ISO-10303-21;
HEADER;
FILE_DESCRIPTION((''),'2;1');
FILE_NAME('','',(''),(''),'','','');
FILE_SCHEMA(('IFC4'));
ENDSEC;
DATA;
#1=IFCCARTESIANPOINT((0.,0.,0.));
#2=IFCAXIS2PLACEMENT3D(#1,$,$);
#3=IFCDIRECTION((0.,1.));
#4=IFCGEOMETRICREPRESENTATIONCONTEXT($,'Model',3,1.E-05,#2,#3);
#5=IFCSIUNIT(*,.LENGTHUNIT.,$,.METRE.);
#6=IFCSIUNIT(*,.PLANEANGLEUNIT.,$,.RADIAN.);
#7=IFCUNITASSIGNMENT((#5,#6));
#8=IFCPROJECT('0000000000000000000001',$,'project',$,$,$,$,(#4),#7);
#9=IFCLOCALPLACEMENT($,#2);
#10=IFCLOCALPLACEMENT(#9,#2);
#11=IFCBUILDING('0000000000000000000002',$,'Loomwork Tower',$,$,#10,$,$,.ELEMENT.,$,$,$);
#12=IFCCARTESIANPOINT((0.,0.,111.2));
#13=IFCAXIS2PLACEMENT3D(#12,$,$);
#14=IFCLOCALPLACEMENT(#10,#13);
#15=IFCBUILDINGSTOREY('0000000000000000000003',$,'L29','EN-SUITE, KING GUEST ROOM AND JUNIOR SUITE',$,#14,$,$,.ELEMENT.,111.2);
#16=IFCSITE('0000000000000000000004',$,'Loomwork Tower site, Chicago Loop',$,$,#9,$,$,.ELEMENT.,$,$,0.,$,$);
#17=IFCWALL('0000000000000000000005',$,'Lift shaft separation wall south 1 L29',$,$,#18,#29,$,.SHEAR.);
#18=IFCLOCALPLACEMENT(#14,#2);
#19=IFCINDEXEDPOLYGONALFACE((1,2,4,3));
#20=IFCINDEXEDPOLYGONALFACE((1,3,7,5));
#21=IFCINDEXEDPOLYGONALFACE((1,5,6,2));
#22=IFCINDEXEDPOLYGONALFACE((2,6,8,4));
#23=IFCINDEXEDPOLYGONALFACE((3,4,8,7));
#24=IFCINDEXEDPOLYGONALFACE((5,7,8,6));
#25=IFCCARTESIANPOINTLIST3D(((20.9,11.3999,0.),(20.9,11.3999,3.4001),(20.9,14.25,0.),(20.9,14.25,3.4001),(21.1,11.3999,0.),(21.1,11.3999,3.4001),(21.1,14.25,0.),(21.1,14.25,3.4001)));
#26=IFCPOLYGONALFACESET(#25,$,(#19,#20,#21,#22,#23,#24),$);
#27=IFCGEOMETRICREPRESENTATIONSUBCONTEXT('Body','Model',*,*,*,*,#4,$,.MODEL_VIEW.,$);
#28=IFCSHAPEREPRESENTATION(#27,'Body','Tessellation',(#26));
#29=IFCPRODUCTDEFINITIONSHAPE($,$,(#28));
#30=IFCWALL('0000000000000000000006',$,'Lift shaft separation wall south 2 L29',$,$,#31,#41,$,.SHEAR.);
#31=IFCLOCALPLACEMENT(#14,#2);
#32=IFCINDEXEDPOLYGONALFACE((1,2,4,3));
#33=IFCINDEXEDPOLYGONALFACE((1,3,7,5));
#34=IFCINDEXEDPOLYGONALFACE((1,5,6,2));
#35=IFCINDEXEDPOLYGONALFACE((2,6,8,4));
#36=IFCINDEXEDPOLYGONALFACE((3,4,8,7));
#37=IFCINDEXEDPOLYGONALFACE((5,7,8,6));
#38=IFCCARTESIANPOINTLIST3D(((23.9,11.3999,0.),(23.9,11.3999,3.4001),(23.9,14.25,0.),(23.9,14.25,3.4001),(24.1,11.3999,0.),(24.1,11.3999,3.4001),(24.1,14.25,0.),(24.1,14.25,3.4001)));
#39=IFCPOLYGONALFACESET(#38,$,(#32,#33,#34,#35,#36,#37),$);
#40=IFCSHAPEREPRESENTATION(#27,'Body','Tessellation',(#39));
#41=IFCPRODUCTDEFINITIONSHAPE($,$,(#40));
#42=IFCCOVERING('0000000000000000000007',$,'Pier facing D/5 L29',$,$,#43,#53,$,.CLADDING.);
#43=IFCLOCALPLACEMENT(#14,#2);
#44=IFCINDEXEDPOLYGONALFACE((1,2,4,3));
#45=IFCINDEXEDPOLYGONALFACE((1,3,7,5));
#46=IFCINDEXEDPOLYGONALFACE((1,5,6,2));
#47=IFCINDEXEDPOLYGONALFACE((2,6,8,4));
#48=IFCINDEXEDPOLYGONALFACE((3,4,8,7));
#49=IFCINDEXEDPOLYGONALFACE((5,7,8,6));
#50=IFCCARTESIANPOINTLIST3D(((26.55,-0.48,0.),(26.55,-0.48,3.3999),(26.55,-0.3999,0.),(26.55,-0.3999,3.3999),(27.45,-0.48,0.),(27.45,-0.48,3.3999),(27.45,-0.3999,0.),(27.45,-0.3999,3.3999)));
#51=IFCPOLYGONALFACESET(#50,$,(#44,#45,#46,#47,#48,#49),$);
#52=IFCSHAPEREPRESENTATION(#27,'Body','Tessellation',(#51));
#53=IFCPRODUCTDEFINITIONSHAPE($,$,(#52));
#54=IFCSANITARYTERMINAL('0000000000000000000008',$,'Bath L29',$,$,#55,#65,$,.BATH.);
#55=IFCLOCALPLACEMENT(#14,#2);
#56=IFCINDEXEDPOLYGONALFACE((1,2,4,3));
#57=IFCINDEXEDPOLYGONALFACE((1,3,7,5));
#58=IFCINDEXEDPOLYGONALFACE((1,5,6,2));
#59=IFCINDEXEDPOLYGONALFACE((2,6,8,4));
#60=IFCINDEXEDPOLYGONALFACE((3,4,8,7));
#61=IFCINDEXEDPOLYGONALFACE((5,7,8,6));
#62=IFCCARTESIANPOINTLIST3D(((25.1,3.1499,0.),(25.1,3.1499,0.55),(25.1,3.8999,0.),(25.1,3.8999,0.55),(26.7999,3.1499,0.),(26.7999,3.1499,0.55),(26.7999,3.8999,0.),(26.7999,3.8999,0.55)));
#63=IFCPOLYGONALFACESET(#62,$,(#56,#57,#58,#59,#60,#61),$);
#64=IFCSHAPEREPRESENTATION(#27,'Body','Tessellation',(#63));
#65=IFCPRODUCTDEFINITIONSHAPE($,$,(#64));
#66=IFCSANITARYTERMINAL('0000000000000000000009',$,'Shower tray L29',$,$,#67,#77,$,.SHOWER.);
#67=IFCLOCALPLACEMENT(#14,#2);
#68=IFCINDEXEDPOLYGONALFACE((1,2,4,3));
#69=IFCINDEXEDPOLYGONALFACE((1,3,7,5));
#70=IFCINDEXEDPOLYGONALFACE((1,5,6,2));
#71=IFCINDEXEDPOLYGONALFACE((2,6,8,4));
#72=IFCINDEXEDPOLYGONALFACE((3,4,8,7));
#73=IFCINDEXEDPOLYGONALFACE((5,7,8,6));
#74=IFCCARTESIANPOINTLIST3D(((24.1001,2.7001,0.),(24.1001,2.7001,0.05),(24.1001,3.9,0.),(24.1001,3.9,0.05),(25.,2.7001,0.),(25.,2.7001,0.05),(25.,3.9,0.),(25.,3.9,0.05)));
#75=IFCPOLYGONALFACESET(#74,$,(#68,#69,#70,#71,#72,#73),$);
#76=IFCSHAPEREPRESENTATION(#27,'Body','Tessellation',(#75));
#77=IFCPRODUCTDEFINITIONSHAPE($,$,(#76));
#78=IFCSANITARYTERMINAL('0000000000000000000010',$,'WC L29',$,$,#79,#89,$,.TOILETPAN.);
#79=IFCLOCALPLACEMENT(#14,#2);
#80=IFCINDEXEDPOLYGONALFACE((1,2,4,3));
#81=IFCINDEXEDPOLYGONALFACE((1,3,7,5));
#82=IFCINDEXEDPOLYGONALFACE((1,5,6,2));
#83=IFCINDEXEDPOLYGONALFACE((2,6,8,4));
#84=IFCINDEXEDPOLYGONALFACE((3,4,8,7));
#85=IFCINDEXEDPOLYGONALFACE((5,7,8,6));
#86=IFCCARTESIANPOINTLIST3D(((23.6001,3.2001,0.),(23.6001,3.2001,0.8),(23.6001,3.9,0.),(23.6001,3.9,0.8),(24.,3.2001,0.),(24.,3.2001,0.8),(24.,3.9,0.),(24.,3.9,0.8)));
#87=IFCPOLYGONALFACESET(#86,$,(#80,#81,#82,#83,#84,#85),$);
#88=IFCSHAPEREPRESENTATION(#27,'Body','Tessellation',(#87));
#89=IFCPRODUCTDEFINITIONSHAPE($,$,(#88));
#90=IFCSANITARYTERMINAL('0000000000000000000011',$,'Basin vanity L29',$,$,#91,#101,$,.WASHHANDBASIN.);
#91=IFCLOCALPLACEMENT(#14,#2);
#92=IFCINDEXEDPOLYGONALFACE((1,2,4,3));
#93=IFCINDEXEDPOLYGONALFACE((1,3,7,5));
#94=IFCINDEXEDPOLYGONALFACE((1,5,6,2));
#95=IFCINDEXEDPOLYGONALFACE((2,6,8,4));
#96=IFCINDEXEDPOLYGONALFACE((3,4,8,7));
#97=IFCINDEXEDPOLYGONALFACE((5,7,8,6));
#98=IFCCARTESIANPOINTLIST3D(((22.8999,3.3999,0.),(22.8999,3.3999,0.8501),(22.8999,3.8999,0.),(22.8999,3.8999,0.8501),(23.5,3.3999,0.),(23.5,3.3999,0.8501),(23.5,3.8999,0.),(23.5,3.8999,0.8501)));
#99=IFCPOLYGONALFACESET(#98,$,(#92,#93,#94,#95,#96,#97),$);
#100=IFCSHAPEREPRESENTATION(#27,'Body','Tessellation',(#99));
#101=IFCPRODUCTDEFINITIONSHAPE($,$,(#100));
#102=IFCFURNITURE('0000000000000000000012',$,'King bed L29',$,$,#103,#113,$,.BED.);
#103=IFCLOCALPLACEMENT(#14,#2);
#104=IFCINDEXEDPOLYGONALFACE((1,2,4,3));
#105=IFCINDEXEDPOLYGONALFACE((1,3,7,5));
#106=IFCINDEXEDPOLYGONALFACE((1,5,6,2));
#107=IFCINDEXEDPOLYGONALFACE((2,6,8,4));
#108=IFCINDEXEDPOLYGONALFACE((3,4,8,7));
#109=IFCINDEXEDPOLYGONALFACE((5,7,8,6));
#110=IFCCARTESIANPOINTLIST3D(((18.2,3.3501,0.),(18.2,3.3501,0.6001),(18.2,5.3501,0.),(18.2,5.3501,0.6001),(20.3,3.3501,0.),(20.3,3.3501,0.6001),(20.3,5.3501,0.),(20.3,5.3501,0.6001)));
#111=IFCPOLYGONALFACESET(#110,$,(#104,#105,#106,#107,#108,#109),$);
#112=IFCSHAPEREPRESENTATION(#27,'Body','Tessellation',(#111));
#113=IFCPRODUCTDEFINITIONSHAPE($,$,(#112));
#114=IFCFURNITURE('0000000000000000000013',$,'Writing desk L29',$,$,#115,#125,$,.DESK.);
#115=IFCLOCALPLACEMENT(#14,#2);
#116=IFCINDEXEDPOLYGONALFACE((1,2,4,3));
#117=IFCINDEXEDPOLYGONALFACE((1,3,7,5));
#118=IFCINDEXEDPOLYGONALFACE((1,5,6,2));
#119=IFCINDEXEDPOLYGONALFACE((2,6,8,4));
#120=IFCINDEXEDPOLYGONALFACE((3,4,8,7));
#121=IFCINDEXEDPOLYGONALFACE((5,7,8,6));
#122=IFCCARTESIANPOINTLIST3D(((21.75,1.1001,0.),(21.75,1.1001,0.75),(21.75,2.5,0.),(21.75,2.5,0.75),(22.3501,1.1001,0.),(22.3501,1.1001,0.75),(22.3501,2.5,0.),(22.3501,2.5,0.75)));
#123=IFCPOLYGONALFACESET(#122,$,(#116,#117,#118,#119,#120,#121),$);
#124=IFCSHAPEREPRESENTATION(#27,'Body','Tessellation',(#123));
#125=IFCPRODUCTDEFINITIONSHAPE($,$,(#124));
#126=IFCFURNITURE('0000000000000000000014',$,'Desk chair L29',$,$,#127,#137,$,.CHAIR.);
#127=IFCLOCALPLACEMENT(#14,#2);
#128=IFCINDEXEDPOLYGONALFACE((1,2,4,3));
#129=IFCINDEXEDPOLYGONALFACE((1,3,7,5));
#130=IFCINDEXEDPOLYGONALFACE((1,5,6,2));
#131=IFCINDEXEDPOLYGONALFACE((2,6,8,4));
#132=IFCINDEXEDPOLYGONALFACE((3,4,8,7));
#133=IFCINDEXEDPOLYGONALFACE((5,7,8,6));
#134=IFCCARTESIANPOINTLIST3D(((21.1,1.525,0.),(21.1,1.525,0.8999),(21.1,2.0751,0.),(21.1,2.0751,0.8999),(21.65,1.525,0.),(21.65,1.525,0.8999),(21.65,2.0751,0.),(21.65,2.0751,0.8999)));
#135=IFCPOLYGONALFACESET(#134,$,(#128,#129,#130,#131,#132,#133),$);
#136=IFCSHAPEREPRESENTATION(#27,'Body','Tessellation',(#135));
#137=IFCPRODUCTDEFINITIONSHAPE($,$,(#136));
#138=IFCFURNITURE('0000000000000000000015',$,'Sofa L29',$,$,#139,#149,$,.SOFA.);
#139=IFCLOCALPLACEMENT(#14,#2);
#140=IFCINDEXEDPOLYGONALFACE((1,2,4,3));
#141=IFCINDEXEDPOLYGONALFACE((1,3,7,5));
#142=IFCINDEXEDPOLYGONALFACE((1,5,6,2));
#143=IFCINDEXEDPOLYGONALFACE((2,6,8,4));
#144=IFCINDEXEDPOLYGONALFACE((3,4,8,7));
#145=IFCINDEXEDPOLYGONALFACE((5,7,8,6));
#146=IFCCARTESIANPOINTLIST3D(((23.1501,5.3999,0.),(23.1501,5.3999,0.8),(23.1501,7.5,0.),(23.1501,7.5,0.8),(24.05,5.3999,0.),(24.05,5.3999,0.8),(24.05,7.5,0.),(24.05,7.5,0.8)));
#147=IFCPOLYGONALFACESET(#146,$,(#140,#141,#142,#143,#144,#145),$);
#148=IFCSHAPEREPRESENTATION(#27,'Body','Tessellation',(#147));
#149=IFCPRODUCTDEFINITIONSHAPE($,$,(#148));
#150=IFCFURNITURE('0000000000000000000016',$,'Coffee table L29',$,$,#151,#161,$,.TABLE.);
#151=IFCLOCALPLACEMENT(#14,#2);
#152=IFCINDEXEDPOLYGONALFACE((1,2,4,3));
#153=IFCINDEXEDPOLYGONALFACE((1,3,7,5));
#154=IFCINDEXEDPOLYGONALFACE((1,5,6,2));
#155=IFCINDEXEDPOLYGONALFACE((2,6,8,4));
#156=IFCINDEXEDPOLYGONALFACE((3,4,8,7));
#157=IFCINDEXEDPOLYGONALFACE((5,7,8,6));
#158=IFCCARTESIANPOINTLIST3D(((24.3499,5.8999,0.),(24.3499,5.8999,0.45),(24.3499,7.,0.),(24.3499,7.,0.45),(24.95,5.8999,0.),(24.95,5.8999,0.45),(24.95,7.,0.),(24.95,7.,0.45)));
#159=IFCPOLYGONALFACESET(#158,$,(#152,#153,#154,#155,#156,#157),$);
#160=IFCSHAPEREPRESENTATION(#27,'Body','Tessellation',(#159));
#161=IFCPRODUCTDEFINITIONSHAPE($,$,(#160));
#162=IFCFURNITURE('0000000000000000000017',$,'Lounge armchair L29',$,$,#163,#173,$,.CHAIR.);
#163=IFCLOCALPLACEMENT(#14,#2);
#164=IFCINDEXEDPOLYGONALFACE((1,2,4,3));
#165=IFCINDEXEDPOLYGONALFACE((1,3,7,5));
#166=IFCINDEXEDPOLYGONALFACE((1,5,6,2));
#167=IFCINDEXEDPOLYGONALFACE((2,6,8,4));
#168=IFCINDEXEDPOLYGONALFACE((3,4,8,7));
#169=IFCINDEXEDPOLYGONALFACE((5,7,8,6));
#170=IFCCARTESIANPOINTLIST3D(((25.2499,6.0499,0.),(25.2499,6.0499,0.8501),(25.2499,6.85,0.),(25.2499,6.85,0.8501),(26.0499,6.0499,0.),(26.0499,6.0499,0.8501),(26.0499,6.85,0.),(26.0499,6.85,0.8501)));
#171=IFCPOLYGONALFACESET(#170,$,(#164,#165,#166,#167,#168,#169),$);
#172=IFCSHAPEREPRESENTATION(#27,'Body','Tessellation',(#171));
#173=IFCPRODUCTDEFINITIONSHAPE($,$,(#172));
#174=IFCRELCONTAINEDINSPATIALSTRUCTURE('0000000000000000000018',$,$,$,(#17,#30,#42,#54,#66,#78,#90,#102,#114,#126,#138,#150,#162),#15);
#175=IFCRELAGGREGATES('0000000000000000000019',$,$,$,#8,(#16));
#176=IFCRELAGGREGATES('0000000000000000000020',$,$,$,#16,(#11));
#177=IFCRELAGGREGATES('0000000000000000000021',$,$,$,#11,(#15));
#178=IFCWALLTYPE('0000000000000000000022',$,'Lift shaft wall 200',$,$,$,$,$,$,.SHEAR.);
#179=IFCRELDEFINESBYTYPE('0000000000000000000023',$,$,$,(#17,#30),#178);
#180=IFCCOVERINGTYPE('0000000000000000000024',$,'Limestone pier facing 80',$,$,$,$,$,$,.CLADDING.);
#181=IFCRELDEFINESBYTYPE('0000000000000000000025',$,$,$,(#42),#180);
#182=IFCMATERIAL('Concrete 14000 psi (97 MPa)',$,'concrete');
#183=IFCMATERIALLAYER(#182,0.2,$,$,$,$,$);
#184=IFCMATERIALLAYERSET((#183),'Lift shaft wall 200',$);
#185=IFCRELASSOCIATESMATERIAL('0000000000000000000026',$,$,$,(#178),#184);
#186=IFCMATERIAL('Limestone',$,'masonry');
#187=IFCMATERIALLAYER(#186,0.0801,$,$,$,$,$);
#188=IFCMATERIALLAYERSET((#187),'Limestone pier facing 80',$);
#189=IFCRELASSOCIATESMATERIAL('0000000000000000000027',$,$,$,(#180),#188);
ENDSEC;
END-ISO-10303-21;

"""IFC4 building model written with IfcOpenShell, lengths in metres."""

from ifc_helpers import new_model, si_unit, direction, frame, frame_2d, origin, origin_2d, place, context, subcontext, project, spatial, rectangle, extrude, material, layer, layer_set, type_object, element, save


model = new_model("IFC4")

# Units and contexts
model_context = context("Model", 3, precision=1e-05, world=origin(), true_north=direction((0.0, 1.0)))
body_context = subcontext(model_context, "Body", "Model", "MODEL_VIEW")
ifc_project = project(units=[si_unit("LENGTHUNIT", "METRE"), si_unit("PLANEANGLEUNIT", "RADIAN")], contexts=[model_context])

# Site, building, storey
site_placement = place(None, origin())
site = spatial("IfcSite", under=ifc_project, at=site_placement, Name="Loomwork Tower site, Chicago Loop", CompositionType="ELEMENT", RefElevation=0.0)
building_placement = place(site_placement, origin())
building = spatial("IfcBuilding", under=site, at=building_placement, Name="Loomwork Tower", CompositionType="ELEMENT")
storey_placement = place(building_placement, frame((0.0, 0.0, 111.2)))
storey = spatial("IfcBuildingStorey", under=building, at=storey_placement, Name="L29", Description="EN-SUITE, KING GUEST ROOM AND JUNIOR SUITE", CompositionType="ELEMENT", Elevation=111.2)

# Walls
ifc_material_1 = material(Name="Concrete 14000 psi (97 MPa)", Category="concrete")
ifc_layer_1 = layer(ifc_material_1, 0.2)
ifc_layer_set_1 = layer_set([ifc_layer_1], Name="Lift shaft wall 200")
wall_type_1 = type_object("IfcWallType", Name="Lift shaft wall 200", PredefinedType="SHEAR", material=ifc_layer_set_1)
for number, where, z_axis, x_axis, name in (
    (1, (21.0, 11.3999, 0.0), (0.0, 0.0, 1.0), (0.0, 1.0, 0.0), "Lift shaft separation wall south 1 L29"),
    (2, (24.0, 11.3999, 0.0), (0.0, 0.0, 1.0), (0.0, 1.0, 0.0), "Lift shaft separation wall south 2 L29"),
):
    element("IfcWall", number, at=place(storey_placement, frame(where, z_axis=z_axis, x_axis=x_axis)), inside=storey, type_object=wall_type_1, Name=name, PredefinedType="SHEAR", context=body_context, shape_type="SweptSolid", body=[
        extrude(rectangle(XDim=2.8501, YDim=0.2, at=frame_2d((1.425, 0.0))), origin(), (0.0, 0.0, 1.0), 3.4001),
    ])

# Covering
ifc_material_2 = material(Name="Limestone", Category="masonry")
ifc_layer_2 = layer(ifc_material_2, 0.0801)
ifc_layer_set_2 = layer_set([ifc_layer_2], Name="Limestone pier facing 80")
covering_type = type_object("IfcCoveringType", Name="Limestone pier facing 80", PredefinedType="CLADDING", material=ifc_layer_set_2)
covering_placement = place(storey_placement, frame((27.0, -0.4399, 0.0), z_axis=(0.0, 0.0, 1.0), x_axis=(1.0, 0.0, 0.0)))
element("IfcCovering", 3, at=covering_placement, inside=storey, type_object=covering_type, Name="Pier facing D/5 L29", PredefinedType="CLADDING", context=body_context, shape_type="SweptSolid", body=[
    extrude(rectangle(XDim=0.8999, YDim=0.0801, at=origin_2d()), origin(), (0.0, 0.0, 1.0), 3.3999),
])

# Sanitary terminals
sanitary_terminal_1_placement = place(storey_placement, frame((25.95, 3.5249, 0.0), z_axis=(0.0, 0.0, 1.0), x_axis=(1.0, 0.0, 0.0)))
element("IfcSanitaryTerminal", 4, at=sanitary_terminal_1_placement, inside=storey, Name="Bath L29", PredefinedType="BATH", context=body_context, shape_type="SweptSolid", body=[
    extrude(rectangle(XDim=1.7, YDim=0.75, at=origin_2d()), origin(), (0.0, 0.0, 1.0), 0.55),
])
sanitary_terminal_2_placement = place(storey_placement, frame((24.55, 3.3, 0.0), z_axis=(0.0, 0.0, 1.0), x_axis=(1.0, 0.0, 0.0)))
element("IfcSanitaryTerminal", 5, at=sanitary_terminal_2_placement, inside=storey, Name="Shower tray L29", PredefinedType="SHOWER", context=body_context, shape_type="SweptSolid", body=[
    extrude(rectangle(XDim=0.8999, YDim=1.2, at=origin_2d()), origin(), (0.0, 0.0, 1.0), 0.05),
])
sanitary_terminal_3_placement = place(storey_placement, frame((23.8, 3.55, 0.0), z_axis=(0.0, 0.0, 1.0), x_axis=(1.0, 0.0, 0.0)))
element("IfcSanitaryTerminal", 6, at=sanitary_terminal_3_placement, inside=storey, Name="WC L29", PredefinedType="TOILETPAN", context=body_context, shape_type="SweptSolid", body=[
    extrude(rectangle(XDim=0.3999, YDim=0.7, at=origin_2d()), origin(), (0.0, 0.0, 1.0), 0.8),
])
sanitary_terminal_4_placement = place(storey_placement, frame((23.2, 3.6499, 0.0), z_axis=(0.0, 0.0, 1.0), x_axis=(1.0, 0.0, 0.0)))
element("IfcSanitaryTerminal", 7, at=sanitary_terminal_4_placement, inside=storey, Name="Basin vanity L29", PredefinedType="WASHHANDBASIN", context=body_context, shape_type="SweptSolid", body=[
    extrude(rectangle(XDim=0.6001, YDim=0.5, at=origin_2d()), origin(), (0.0, 0.0, 1.0), 0.8501),
])

# Furniture
furniture_1_placement = place(storey_placement, frame((19.25, 4.3501, 0.0), z_axis=(0.0, 0.0, 1.0), x_axis=(1.0, 0.0, 0.0)))
element("IfcFurniture", 8, at=furniture_1_placement, inside=storey, Name="King bed L29", PredefinedType="BED", context=body_context, shape_type="SweptSolid", body=[
    extrude(rectangle(XDim=2.1001, YDim=2.0, at=origin_2d()), origin(), (0.0, 0.0, 1.0), 0.6001),
])
furniture_2_placement = place(storey_placement, frame((22.05, 1.8, 0.0), z_axis=(0.0, 0.0, 1.0), x_axis=(1.0, 0.0, 0.0)))
element("IfcFurniture", 9, at=furniture_2_placement, inside=storey, Name="Writing desk L29", PredefinedType="DESK", context=body_context, shape_type="SweptSolid", body=[
    extrude(rectangle(XDim=0.6001, YDim=1.3999, at=origin_2d()), origin(), (0.0, 0.0, 1.0), 0.75),
])
furniture_3_placement = place(storey_placement, frame((21.375, 1.8, 0.0), z_axis=(0.0, 0.0, 1.0), x_axis=(1.0, 0.0, 0.0)))
element("IfcFurniture", 10, at=furniture_3_placement, inside=storey, Name="Desk chair L29", PredefinedType="CHAIR", context=body_context, shape_type="SweptSolid", body=[
    extrude(rectangle(XDim=0.55, YDim=0.55, at=origin_2d()), origin(), (0.0, 0.0, 1.0), 0.8999),
])
furniture_4_placement = place(storey_placement, frame((23.6001, 6.45, 0.0), z_axis=(0.0, 0.0, 1.0), x_axis=(1.0, 0.0, 0.0)))
element("IfcFurniture", 11, at=furniture_4_placement, inside=storey, Name="Sofa L29", PredefinedType="SOFA", context=body_context, shape_type="SweptSolid", body=[
    extrude(rectangle(XDim=0.8999, YDim=2.1001, at=origin_2d()), origin(), (0.0, 0.0, 1.0), 0.8),
])
furniture_5_placement = place(storey_placement, frame((24.6499, 6.45, 0.0), z_axis=(0.0, 0.0, 1.0), x_axis=(1.0, 0.0, 0.0)))
element("IfcFurniture", 12, at=furniture_5_placement, inside=storey, Name="Coffee table L29", PredefinedType="TABLE", context=body_context, shape_type="SweptSolid", body=[
    extrude(rectangle(XDim=0.6001, YDim=1.1001, at=origin_2d()), origin(), (0.0, 0.0, 1.0), 0.45),
])
furniture_6_placement = place(storey_placement, frame((25.6499, 6.45, 0.0), z_axis=(0.0, 0.0, 1.0), x_axis=(1.0, 0.0, 0.0)))
element("IfcFurniture", 13, at=furniture_6_placement, inside=storey, Name="Lounge armchair L29", PredefinedType="CHAIR", context=body_context, shape_type="SweptSolid", body=[
    extrude(rectangle(XDim=0.8, YDim=0.8, at=origin_2d()), origin(), (0.0, 0.0, 1.0), 0.8501),
])

save(model, "model.ifc")
